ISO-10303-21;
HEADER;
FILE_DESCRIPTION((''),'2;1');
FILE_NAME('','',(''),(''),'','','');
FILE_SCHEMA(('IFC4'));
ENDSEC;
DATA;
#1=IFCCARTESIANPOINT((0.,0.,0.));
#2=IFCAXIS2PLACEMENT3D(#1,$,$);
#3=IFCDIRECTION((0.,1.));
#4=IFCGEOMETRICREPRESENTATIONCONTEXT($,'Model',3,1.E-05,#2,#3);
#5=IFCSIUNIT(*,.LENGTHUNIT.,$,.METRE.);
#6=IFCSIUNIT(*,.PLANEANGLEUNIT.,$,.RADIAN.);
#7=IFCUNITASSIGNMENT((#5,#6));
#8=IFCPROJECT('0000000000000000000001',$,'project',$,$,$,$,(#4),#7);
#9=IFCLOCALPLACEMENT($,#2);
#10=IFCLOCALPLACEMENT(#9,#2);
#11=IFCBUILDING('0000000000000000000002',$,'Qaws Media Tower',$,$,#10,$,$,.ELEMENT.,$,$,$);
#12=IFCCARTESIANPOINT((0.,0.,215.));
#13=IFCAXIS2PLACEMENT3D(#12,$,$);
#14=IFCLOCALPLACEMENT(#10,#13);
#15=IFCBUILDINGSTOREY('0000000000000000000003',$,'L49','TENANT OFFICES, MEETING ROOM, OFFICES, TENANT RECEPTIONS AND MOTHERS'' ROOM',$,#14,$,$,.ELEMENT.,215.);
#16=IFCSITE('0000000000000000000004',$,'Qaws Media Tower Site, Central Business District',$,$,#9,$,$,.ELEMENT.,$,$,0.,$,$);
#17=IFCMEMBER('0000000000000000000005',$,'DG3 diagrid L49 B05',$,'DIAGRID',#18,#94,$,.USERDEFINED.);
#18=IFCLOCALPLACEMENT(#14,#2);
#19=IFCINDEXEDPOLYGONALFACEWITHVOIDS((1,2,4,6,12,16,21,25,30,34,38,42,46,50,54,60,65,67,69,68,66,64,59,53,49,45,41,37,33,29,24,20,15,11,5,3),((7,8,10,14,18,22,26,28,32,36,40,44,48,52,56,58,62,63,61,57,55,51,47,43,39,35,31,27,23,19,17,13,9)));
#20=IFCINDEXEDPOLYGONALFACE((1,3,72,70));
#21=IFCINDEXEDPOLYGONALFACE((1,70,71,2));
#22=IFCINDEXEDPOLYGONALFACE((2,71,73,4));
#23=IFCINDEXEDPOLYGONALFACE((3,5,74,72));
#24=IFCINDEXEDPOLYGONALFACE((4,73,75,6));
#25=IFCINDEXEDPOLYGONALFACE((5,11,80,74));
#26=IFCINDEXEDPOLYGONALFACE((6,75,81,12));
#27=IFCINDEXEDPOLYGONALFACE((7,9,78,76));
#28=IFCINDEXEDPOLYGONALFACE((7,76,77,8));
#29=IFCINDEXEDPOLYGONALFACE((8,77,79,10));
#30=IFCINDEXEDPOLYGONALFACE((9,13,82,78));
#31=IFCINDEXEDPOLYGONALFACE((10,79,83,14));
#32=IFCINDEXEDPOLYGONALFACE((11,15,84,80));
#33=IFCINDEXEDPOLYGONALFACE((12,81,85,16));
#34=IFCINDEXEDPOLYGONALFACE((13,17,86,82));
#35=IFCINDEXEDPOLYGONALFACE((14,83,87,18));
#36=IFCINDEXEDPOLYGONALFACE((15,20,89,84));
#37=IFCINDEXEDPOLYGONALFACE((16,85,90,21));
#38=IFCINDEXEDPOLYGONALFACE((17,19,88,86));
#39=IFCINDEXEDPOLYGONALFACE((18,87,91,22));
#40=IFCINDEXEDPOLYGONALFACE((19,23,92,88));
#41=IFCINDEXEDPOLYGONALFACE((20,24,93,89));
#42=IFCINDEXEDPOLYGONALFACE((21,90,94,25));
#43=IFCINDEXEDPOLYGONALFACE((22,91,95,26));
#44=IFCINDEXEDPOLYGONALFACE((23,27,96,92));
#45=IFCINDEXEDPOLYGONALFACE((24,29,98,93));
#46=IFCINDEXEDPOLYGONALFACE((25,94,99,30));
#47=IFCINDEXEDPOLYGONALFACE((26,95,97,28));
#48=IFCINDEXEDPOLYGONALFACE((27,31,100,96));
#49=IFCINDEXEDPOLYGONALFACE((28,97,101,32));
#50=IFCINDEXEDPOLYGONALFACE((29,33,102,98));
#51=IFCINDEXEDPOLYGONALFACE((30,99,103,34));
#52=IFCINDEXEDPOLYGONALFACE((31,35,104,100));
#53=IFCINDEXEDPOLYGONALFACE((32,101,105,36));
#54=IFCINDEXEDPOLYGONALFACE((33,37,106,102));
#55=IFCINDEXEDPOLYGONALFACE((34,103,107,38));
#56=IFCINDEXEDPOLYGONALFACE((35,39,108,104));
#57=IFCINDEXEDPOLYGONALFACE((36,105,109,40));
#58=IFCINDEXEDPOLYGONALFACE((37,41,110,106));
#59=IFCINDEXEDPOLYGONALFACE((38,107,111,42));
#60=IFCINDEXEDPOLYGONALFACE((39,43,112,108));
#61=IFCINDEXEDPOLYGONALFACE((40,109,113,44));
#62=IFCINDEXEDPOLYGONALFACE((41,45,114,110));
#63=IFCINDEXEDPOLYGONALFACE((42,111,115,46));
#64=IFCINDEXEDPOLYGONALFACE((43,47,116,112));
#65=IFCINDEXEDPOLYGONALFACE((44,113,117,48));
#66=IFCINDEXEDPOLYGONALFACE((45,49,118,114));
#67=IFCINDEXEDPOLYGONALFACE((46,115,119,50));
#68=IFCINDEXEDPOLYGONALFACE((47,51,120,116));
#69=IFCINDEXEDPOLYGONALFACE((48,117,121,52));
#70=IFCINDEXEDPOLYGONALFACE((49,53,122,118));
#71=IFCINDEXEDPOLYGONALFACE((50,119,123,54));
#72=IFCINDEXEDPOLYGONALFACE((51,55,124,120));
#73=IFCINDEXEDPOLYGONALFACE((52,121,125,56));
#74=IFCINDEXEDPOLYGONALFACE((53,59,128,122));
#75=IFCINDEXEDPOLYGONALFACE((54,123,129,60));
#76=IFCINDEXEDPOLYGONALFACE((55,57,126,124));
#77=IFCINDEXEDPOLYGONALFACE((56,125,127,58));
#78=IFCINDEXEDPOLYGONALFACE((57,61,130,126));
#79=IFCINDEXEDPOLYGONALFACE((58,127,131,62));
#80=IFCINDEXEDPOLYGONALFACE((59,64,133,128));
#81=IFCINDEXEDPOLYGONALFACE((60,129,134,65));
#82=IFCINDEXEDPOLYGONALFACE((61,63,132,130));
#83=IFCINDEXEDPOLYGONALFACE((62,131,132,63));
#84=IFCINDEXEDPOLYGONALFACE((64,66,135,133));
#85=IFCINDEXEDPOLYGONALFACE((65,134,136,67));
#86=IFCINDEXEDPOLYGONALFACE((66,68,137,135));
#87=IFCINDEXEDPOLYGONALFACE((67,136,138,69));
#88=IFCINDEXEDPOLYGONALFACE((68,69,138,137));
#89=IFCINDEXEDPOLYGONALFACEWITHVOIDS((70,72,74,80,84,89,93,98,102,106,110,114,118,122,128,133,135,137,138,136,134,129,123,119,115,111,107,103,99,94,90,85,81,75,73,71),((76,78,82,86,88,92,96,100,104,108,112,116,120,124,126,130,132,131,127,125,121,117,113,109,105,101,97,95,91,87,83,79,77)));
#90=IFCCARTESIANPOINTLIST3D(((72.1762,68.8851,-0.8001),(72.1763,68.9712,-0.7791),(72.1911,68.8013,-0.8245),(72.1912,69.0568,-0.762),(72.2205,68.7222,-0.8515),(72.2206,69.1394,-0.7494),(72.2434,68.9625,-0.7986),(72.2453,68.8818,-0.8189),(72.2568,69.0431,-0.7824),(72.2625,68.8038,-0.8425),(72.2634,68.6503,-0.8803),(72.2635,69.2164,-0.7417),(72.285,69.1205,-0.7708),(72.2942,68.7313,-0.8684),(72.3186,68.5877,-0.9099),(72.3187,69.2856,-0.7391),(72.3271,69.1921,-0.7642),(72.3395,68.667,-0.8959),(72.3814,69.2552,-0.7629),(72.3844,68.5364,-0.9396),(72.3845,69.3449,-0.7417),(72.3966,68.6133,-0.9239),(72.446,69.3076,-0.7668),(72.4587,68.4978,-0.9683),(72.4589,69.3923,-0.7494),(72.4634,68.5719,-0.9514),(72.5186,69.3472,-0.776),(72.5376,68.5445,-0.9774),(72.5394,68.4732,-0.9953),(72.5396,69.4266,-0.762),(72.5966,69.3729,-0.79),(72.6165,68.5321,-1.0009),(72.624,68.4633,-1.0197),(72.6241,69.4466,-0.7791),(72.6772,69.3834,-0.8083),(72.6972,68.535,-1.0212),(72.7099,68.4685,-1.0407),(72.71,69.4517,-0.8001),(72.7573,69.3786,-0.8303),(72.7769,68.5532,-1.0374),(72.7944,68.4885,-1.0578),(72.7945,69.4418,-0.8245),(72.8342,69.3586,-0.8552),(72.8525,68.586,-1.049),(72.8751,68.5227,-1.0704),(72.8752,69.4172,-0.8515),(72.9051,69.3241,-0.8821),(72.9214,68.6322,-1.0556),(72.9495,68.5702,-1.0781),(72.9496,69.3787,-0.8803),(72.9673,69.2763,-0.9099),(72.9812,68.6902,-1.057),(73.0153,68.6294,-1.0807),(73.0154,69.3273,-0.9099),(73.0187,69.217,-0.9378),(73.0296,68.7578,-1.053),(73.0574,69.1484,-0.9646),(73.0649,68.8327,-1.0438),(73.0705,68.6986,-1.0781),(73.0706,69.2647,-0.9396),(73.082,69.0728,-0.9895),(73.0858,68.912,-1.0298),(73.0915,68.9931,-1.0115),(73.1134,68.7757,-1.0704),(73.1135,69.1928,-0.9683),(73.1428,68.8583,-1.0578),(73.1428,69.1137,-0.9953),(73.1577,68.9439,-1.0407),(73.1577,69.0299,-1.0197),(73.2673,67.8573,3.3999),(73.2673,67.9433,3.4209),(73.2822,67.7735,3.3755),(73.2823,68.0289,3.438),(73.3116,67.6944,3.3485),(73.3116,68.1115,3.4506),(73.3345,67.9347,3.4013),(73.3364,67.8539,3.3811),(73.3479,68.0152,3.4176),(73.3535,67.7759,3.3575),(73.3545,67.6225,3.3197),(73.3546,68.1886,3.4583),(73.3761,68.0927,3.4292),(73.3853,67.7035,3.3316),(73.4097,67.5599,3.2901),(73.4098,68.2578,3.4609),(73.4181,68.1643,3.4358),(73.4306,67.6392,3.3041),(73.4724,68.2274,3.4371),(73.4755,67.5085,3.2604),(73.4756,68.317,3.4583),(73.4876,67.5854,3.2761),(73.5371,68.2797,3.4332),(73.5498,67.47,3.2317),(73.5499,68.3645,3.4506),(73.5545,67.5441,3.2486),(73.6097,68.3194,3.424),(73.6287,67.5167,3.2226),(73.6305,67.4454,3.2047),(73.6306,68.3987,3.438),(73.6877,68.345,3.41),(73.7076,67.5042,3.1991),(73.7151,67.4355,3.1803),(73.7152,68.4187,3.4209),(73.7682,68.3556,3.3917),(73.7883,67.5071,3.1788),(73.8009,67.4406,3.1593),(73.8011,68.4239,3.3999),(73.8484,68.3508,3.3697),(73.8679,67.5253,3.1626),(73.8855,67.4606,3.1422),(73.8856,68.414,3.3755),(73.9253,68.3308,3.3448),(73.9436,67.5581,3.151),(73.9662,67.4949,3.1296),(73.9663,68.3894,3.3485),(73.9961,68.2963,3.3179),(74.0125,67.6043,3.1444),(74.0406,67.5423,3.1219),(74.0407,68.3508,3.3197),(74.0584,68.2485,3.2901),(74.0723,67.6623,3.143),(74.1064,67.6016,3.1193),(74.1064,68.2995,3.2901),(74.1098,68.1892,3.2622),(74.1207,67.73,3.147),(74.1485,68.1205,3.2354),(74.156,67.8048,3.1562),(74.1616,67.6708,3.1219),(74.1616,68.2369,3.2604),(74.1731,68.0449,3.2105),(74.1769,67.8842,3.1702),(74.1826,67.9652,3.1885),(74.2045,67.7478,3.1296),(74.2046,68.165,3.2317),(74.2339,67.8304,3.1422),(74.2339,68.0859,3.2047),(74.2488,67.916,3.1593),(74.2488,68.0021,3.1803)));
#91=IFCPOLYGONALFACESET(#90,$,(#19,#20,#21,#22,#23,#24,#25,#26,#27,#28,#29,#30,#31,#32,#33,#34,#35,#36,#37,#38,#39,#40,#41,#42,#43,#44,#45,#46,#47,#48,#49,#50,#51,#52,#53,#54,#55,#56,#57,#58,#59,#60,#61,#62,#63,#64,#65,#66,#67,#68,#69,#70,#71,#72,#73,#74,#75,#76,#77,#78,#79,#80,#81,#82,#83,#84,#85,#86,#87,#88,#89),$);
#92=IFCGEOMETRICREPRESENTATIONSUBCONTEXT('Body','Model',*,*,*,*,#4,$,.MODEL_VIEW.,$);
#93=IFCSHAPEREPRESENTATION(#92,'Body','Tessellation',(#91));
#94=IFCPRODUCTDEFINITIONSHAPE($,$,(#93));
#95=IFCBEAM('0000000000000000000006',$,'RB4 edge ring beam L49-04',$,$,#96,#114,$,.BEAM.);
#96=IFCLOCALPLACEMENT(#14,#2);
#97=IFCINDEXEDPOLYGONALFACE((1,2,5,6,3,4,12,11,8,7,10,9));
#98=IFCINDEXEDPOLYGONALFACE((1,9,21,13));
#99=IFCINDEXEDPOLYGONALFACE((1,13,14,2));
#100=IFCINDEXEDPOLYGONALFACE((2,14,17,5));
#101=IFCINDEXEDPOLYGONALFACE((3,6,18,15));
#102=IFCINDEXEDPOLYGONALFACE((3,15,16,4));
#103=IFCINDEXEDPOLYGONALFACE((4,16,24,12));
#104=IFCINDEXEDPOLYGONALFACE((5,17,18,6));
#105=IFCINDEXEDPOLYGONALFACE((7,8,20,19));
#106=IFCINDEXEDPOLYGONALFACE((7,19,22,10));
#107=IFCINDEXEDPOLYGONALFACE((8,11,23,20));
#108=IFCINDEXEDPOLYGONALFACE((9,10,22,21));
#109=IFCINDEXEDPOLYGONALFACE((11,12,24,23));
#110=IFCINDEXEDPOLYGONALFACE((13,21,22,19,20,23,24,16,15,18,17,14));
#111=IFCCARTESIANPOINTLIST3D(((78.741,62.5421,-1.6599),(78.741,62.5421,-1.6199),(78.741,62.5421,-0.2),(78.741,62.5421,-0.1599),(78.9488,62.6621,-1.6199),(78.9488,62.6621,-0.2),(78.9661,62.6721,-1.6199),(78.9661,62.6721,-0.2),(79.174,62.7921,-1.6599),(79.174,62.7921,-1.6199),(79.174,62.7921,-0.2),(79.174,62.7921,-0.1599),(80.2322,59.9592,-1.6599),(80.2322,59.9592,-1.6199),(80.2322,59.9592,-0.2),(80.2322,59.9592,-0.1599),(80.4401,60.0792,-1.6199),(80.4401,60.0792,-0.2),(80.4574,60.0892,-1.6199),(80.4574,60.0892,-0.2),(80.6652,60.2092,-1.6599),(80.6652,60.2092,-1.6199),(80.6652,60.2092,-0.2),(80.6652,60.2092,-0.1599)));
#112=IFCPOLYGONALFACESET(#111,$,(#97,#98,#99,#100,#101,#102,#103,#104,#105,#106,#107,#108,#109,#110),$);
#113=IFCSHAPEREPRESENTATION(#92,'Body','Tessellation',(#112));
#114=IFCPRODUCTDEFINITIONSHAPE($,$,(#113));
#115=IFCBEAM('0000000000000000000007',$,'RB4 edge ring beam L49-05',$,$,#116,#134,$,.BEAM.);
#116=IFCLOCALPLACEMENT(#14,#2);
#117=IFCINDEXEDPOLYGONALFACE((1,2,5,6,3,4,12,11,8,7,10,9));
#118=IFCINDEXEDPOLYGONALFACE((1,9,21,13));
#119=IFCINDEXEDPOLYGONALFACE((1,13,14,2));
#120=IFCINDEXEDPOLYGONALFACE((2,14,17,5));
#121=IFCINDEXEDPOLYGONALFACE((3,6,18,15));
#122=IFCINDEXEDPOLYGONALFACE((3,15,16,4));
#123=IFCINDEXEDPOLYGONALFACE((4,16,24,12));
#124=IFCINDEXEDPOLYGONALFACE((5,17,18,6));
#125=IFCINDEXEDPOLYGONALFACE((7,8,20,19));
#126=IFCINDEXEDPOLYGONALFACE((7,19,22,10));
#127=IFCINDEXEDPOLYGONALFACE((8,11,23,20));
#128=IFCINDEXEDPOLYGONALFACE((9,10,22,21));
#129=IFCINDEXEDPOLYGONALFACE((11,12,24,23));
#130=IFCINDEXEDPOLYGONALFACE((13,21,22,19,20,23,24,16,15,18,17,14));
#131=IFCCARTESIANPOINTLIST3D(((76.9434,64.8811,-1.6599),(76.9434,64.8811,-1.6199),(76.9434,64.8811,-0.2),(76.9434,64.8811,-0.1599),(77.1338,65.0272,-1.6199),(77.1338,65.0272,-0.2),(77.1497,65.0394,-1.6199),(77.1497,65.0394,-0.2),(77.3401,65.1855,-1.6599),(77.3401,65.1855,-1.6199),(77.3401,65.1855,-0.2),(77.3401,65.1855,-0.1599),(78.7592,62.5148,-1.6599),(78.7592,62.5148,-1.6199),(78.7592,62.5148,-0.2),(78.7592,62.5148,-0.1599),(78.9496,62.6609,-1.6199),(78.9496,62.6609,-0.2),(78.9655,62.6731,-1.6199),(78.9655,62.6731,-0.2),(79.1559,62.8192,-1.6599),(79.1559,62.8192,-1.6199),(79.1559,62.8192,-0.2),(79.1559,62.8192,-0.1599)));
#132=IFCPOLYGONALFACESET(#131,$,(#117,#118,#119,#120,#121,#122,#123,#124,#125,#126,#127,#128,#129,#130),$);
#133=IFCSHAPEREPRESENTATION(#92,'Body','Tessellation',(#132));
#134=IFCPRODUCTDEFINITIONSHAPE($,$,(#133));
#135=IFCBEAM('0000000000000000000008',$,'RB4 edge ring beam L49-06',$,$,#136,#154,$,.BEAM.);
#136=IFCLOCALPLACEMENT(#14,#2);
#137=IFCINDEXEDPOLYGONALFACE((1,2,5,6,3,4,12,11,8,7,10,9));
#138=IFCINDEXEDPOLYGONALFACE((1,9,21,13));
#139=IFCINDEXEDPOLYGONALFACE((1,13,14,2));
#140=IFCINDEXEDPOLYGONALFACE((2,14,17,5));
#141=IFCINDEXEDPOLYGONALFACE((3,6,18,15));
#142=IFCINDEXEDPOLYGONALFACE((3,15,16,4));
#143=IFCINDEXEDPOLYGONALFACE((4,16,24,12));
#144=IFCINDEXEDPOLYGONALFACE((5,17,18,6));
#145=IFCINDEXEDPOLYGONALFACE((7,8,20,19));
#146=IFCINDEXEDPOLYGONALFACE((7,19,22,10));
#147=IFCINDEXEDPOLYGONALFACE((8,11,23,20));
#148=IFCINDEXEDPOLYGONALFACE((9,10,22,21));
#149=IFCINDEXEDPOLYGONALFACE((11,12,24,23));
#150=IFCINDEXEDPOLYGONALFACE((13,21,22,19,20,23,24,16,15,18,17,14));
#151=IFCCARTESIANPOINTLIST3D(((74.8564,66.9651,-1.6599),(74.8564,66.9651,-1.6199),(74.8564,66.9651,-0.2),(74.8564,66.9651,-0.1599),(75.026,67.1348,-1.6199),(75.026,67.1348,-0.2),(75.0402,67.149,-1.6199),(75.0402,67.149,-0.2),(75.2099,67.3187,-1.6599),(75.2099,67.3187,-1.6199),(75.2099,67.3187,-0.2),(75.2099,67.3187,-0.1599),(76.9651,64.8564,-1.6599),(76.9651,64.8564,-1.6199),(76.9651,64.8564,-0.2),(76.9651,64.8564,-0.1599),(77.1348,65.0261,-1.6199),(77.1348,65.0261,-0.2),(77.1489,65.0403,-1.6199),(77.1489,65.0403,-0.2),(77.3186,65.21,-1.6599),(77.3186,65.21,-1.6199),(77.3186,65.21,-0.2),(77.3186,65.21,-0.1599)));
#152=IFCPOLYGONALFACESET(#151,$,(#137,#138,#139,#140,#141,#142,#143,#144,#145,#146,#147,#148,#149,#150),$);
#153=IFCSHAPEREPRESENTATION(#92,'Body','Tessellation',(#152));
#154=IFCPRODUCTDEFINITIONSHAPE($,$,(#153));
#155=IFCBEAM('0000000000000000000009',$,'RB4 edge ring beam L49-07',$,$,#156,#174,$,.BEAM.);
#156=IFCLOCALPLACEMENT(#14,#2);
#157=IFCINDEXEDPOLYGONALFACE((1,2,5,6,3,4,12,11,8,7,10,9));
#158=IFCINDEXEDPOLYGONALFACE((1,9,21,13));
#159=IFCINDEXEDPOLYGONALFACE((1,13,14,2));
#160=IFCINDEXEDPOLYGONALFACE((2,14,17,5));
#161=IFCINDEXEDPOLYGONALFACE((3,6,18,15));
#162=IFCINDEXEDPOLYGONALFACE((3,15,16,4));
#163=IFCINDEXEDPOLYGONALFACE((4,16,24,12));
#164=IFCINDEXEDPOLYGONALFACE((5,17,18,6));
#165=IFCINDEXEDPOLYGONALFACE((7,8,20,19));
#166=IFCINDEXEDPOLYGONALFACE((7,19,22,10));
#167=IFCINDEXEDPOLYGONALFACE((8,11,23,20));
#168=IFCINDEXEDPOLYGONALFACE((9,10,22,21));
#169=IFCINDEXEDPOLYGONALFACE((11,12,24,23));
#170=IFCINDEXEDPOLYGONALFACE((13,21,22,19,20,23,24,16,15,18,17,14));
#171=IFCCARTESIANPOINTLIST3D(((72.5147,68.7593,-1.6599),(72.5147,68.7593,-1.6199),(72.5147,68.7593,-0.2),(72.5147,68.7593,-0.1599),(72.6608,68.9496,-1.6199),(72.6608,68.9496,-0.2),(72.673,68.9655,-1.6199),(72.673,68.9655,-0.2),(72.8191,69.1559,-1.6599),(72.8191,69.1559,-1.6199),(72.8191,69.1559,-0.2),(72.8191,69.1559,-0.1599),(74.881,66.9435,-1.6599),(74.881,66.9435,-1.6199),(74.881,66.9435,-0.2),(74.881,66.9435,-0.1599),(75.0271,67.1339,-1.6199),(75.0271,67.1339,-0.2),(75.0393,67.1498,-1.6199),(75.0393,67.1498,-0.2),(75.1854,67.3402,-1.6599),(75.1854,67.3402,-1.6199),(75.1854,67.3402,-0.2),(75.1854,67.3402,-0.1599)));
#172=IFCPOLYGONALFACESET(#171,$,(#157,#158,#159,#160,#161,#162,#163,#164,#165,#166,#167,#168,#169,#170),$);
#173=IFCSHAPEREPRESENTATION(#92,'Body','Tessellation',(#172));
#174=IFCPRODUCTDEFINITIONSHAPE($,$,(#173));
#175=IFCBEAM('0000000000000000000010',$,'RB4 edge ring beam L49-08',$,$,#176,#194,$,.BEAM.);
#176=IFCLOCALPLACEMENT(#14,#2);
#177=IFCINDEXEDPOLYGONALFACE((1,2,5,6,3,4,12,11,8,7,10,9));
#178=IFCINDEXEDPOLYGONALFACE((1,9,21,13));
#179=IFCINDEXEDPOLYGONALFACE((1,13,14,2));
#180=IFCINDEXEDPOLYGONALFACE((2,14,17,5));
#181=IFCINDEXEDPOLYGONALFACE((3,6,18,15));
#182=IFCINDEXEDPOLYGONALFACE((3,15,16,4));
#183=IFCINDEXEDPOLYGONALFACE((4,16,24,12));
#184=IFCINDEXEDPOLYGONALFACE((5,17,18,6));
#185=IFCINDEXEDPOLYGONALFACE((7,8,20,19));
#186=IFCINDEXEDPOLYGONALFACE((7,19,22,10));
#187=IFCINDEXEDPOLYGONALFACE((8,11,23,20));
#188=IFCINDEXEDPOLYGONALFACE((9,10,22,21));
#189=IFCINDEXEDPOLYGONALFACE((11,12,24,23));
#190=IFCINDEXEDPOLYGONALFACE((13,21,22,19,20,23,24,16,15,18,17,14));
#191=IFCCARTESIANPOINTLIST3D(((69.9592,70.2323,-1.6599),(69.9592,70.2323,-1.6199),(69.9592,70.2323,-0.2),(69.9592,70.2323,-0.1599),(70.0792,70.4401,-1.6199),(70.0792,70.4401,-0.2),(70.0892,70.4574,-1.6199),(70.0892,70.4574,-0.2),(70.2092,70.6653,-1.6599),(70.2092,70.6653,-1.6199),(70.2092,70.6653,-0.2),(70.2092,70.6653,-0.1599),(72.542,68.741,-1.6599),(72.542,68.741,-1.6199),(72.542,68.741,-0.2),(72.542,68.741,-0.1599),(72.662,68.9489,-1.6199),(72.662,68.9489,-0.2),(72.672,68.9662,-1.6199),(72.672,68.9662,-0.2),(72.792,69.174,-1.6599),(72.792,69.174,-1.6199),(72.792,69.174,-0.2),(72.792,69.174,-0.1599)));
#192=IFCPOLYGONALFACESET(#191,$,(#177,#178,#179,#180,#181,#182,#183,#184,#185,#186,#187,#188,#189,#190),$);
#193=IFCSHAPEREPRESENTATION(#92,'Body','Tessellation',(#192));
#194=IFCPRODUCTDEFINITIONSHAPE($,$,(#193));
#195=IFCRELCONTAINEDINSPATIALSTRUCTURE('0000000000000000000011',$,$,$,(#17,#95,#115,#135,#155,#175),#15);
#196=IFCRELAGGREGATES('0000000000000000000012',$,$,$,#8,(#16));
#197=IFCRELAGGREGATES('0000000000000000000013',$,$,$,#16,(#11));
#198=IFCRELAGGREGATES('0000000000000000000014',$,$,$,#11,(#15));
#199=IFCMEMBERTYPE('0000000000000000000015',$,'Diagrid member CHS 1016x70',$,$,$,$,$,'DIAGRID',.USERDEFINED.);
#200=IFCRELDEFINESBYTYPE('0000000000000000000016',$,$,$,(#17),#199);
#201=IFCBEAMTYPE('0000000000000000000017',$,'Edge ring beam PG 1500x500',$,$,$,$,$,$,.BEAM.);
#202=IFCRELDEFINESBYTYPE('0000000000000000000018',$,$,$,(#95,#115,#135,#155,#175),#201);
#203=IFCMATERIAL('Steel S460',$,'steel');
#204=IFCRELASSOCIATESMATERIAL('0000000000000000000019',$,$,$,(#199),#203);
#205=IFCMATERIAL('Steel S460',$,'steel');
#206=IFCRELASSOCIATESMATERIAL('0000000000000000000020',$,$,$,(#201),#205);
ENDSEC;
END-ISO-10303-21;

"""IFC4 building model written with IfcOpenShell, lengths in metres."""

from ifc_helpers import new_model, si_unit, direction, frame, origin, origin_2d, place, context, subcontext, project, spatial, hollow_circle, i_section, extrude, material, material_profile, profile_set, type_object, element, save


model = new_model("IFC4")

# Units and contexts
model_context = context("Model", 3, precision=1e-05, world=origin(), true_north=direction((0.0, 1.0)))
body_context = subcontext(model_context, "Body", "Model", "MODEL_VIEW")
ifc_project = project(units=[si_unit("LENGTHUNIT", "METRE"), si_unit("PLANEANGLEUNIT", "RADIAN")], contexts=[model_context])

# Site, building, storey
site_placement = place(None, origin())
site = spatial("IfcSite", under=ifc_project, at=site_placement, Name="Qaws Media Tower Site, Central Business District", CompositionType="ELEMENT", RefElevation=0.0)
building_placement = place(site_placement, origin())
building = spatial("IfcBuilding", under=site, at=building_placement, Name="Qaws Media Tower", CompositionType="ELEMENT")
storey_placement = place(building_placement, frame((0.0, 0.0, 215.0)))
storey = spatial("IfcBuildingStorey", under=building, at=storey_placement, Name="L49", Description="TENANT OFFICES, MEETING ROOM, OFFICES, TENANT RECEPTIONS AND MOTHERS' ROOM", CompositionType="ELEMENT", Elevation=215.0)

# Member
ifc_material_1 = material(Name="Steel S460", Category="steel")
ifc_material_profile_1 = material_profile(ifc_material_1, hollow_circle(Radius=0.5081, WallThickness=0.0701, at=origin_2d()), Name="CHS 1016x70")
ifc_profile_set_1 = profile_set([ifc_material_profile_1], Name="Steel S460")
member_type_1 = type_object("IfcMemberType", Name="Diagrid member CHS 1016x70", ElementType="DIAGRID", PredefinedType="USERDEFINED", material=ifc_profile_set_1)
for number, where, z_axis, x_axis, name in (
    (1, (72.667, 68.9575, -0.9099), (0.244665, -0.230485, 0.941815), (0.6857, 0.727884, 0.0), "DG3 diagrid L49 B05"),
):
    element("IfcMember", number, at=place(storey_placement, frame(where, z_axis=z_axis, x_axis=x_axis)), inside=storey, type_object=member_type_1, Name=name, ObjectType="DIAGRID", PredefinedType="USERDEFINED", context=body_context, shape_type="SweptSolid", body=[
        extrude(hollow_circle(Radius=0.5081, WallThickness=0.0701, at=origin_2d()), origin(), (0.0, 0.0, 1.0), 4.4595),
    ])

# Beams
ifc_material_2 = material(Name="Steel S460", Category="steel")
ifc_material_profile_2 = material_profile(ifc_material_2, i_section(OverallWidth=0.5, OverallDepth=1.5, WebThickness=0.02, FlangeThickness=0.04, at=origin_2d()), Name="PG 1500x500")
ifc_profile_set_2 = profile_set([ifc_material_profile_2], Name="Steel S460")
beam_type = type_object("IfcBeamType", Name="Edge ring beam PG 1500x500", PredefinedType="BEAM", material=ifc_profile_set_2)
beam_1_placement = place(storey_placement, frame((80.4487, 60.0842, -0.9099), z_axis=(-0.500013, 0.866018, 0.0), x_axis=(-0.866018, -0.500013, 0.0)))
element("IfcBeam", 2, at=beam_1_placement, inside=storey, type_object=beam_type, Name="RB4 edge ring beam L49-04", PredefinedType="BEAM", context=body_context, shape_type="SweptSolid", body=[
    extrude(i_section(OverallWidth=0.5, OverallDepth=1.5, WebThickness=0.02, FlangeThickness=0.04, at=origin_2d()), origin(), (0.0, 0.0, 1.0), 2.9824),
])
beam_2_placement = place(storey_placement, frame((78.9575, 62.667, -0.9099), z_axis=(-0.608765, 0.793351, 0.0), x_axis=(-0.793351, -0.608765, 0.0)))
element("IfcBeam", 3, at=beam_2_placement, inside=storey, type_object=beam_type, Name="RB4 edge ring beam L49-05", PredefinedType="BEAM", context=body_context, shape_type="SweptSolid", body=[
    extrude(i_section(OverallWidth=0.5, OverallDepth=1.5, WebThickness=0.02, FlangeThickness=0.04, at=origin_2d()), origin(), (0.0, 0.0, 1.0), 2.9827),
])
beam_3_placement = place(storey_placement, frame((77.1418, 65.0332, -0.9099), z_axis=(-0.707107, 0.707107, 0.0), x_axis=(-0.707107, -0.707107, 0.0)))
element("IfcBeam", 4, at=beam_3_placement, inside=storey, type_object=beam_type, Name="RB4 edge ring beam L49-06", PredefinedType="BEAM", context=body_context, shape_type="SweptSolid", body=[
    extrude(i_section(OverallWidth=0.5, OverallDepth=1.5, WebThickness=0.02, FlangeThickness=0.04, at=origin_2d()), origin(), (0.0, 0.0, 1.0), 2.9822),
])
beam_4_placement = place(storey_placement, frame((75.0332, 67.1418, -0.9099), z_axis=(-0.793351, 0.608765, 0.0), x_axis=(-0.608765, -0.793351, 0.0)))
element("IfcBeam", 5, at=beam_4_placement, inside=storey, type_object=beam_type, Name="RB4 edge ring beam L49-07", PredefinedType="BEAM", context=body_context, shape_type="SweptSolid", body=[
    extrude(i_section(OverallWidth=0.5, OverallDepth=1.5, WebThickness=0.02, FlangeThickness=0.04, at=origin_2d()), origin(), (0.0, 0.0, 1.0), 2.9827),
])
beam_5_placement = place(storey_placement, frame((72.667, 68.9575, -0.9099), z_axis=(-0.866018, 0.500013, 0.0), x_axis=(-0.500013, -0.866018, 0.0)))
element("IfcBeam", 6, at=beam_5_placement, inside=storey, type_object=beam_type, Name="RB4 edge ring beam L49-08", PredefinedType="BEAM", context=body_context, shape_type="SweptSolid", body=[
    extrude(i_section(OverallWidth=0.5, OverallDepth=1.5, WebThickness=0.02, FlangeThickness=0.04, at=origin_2d()), origin(), (0.0, 0.0, 1.0), 2.9824),
])

save(model, "model.ifc")
